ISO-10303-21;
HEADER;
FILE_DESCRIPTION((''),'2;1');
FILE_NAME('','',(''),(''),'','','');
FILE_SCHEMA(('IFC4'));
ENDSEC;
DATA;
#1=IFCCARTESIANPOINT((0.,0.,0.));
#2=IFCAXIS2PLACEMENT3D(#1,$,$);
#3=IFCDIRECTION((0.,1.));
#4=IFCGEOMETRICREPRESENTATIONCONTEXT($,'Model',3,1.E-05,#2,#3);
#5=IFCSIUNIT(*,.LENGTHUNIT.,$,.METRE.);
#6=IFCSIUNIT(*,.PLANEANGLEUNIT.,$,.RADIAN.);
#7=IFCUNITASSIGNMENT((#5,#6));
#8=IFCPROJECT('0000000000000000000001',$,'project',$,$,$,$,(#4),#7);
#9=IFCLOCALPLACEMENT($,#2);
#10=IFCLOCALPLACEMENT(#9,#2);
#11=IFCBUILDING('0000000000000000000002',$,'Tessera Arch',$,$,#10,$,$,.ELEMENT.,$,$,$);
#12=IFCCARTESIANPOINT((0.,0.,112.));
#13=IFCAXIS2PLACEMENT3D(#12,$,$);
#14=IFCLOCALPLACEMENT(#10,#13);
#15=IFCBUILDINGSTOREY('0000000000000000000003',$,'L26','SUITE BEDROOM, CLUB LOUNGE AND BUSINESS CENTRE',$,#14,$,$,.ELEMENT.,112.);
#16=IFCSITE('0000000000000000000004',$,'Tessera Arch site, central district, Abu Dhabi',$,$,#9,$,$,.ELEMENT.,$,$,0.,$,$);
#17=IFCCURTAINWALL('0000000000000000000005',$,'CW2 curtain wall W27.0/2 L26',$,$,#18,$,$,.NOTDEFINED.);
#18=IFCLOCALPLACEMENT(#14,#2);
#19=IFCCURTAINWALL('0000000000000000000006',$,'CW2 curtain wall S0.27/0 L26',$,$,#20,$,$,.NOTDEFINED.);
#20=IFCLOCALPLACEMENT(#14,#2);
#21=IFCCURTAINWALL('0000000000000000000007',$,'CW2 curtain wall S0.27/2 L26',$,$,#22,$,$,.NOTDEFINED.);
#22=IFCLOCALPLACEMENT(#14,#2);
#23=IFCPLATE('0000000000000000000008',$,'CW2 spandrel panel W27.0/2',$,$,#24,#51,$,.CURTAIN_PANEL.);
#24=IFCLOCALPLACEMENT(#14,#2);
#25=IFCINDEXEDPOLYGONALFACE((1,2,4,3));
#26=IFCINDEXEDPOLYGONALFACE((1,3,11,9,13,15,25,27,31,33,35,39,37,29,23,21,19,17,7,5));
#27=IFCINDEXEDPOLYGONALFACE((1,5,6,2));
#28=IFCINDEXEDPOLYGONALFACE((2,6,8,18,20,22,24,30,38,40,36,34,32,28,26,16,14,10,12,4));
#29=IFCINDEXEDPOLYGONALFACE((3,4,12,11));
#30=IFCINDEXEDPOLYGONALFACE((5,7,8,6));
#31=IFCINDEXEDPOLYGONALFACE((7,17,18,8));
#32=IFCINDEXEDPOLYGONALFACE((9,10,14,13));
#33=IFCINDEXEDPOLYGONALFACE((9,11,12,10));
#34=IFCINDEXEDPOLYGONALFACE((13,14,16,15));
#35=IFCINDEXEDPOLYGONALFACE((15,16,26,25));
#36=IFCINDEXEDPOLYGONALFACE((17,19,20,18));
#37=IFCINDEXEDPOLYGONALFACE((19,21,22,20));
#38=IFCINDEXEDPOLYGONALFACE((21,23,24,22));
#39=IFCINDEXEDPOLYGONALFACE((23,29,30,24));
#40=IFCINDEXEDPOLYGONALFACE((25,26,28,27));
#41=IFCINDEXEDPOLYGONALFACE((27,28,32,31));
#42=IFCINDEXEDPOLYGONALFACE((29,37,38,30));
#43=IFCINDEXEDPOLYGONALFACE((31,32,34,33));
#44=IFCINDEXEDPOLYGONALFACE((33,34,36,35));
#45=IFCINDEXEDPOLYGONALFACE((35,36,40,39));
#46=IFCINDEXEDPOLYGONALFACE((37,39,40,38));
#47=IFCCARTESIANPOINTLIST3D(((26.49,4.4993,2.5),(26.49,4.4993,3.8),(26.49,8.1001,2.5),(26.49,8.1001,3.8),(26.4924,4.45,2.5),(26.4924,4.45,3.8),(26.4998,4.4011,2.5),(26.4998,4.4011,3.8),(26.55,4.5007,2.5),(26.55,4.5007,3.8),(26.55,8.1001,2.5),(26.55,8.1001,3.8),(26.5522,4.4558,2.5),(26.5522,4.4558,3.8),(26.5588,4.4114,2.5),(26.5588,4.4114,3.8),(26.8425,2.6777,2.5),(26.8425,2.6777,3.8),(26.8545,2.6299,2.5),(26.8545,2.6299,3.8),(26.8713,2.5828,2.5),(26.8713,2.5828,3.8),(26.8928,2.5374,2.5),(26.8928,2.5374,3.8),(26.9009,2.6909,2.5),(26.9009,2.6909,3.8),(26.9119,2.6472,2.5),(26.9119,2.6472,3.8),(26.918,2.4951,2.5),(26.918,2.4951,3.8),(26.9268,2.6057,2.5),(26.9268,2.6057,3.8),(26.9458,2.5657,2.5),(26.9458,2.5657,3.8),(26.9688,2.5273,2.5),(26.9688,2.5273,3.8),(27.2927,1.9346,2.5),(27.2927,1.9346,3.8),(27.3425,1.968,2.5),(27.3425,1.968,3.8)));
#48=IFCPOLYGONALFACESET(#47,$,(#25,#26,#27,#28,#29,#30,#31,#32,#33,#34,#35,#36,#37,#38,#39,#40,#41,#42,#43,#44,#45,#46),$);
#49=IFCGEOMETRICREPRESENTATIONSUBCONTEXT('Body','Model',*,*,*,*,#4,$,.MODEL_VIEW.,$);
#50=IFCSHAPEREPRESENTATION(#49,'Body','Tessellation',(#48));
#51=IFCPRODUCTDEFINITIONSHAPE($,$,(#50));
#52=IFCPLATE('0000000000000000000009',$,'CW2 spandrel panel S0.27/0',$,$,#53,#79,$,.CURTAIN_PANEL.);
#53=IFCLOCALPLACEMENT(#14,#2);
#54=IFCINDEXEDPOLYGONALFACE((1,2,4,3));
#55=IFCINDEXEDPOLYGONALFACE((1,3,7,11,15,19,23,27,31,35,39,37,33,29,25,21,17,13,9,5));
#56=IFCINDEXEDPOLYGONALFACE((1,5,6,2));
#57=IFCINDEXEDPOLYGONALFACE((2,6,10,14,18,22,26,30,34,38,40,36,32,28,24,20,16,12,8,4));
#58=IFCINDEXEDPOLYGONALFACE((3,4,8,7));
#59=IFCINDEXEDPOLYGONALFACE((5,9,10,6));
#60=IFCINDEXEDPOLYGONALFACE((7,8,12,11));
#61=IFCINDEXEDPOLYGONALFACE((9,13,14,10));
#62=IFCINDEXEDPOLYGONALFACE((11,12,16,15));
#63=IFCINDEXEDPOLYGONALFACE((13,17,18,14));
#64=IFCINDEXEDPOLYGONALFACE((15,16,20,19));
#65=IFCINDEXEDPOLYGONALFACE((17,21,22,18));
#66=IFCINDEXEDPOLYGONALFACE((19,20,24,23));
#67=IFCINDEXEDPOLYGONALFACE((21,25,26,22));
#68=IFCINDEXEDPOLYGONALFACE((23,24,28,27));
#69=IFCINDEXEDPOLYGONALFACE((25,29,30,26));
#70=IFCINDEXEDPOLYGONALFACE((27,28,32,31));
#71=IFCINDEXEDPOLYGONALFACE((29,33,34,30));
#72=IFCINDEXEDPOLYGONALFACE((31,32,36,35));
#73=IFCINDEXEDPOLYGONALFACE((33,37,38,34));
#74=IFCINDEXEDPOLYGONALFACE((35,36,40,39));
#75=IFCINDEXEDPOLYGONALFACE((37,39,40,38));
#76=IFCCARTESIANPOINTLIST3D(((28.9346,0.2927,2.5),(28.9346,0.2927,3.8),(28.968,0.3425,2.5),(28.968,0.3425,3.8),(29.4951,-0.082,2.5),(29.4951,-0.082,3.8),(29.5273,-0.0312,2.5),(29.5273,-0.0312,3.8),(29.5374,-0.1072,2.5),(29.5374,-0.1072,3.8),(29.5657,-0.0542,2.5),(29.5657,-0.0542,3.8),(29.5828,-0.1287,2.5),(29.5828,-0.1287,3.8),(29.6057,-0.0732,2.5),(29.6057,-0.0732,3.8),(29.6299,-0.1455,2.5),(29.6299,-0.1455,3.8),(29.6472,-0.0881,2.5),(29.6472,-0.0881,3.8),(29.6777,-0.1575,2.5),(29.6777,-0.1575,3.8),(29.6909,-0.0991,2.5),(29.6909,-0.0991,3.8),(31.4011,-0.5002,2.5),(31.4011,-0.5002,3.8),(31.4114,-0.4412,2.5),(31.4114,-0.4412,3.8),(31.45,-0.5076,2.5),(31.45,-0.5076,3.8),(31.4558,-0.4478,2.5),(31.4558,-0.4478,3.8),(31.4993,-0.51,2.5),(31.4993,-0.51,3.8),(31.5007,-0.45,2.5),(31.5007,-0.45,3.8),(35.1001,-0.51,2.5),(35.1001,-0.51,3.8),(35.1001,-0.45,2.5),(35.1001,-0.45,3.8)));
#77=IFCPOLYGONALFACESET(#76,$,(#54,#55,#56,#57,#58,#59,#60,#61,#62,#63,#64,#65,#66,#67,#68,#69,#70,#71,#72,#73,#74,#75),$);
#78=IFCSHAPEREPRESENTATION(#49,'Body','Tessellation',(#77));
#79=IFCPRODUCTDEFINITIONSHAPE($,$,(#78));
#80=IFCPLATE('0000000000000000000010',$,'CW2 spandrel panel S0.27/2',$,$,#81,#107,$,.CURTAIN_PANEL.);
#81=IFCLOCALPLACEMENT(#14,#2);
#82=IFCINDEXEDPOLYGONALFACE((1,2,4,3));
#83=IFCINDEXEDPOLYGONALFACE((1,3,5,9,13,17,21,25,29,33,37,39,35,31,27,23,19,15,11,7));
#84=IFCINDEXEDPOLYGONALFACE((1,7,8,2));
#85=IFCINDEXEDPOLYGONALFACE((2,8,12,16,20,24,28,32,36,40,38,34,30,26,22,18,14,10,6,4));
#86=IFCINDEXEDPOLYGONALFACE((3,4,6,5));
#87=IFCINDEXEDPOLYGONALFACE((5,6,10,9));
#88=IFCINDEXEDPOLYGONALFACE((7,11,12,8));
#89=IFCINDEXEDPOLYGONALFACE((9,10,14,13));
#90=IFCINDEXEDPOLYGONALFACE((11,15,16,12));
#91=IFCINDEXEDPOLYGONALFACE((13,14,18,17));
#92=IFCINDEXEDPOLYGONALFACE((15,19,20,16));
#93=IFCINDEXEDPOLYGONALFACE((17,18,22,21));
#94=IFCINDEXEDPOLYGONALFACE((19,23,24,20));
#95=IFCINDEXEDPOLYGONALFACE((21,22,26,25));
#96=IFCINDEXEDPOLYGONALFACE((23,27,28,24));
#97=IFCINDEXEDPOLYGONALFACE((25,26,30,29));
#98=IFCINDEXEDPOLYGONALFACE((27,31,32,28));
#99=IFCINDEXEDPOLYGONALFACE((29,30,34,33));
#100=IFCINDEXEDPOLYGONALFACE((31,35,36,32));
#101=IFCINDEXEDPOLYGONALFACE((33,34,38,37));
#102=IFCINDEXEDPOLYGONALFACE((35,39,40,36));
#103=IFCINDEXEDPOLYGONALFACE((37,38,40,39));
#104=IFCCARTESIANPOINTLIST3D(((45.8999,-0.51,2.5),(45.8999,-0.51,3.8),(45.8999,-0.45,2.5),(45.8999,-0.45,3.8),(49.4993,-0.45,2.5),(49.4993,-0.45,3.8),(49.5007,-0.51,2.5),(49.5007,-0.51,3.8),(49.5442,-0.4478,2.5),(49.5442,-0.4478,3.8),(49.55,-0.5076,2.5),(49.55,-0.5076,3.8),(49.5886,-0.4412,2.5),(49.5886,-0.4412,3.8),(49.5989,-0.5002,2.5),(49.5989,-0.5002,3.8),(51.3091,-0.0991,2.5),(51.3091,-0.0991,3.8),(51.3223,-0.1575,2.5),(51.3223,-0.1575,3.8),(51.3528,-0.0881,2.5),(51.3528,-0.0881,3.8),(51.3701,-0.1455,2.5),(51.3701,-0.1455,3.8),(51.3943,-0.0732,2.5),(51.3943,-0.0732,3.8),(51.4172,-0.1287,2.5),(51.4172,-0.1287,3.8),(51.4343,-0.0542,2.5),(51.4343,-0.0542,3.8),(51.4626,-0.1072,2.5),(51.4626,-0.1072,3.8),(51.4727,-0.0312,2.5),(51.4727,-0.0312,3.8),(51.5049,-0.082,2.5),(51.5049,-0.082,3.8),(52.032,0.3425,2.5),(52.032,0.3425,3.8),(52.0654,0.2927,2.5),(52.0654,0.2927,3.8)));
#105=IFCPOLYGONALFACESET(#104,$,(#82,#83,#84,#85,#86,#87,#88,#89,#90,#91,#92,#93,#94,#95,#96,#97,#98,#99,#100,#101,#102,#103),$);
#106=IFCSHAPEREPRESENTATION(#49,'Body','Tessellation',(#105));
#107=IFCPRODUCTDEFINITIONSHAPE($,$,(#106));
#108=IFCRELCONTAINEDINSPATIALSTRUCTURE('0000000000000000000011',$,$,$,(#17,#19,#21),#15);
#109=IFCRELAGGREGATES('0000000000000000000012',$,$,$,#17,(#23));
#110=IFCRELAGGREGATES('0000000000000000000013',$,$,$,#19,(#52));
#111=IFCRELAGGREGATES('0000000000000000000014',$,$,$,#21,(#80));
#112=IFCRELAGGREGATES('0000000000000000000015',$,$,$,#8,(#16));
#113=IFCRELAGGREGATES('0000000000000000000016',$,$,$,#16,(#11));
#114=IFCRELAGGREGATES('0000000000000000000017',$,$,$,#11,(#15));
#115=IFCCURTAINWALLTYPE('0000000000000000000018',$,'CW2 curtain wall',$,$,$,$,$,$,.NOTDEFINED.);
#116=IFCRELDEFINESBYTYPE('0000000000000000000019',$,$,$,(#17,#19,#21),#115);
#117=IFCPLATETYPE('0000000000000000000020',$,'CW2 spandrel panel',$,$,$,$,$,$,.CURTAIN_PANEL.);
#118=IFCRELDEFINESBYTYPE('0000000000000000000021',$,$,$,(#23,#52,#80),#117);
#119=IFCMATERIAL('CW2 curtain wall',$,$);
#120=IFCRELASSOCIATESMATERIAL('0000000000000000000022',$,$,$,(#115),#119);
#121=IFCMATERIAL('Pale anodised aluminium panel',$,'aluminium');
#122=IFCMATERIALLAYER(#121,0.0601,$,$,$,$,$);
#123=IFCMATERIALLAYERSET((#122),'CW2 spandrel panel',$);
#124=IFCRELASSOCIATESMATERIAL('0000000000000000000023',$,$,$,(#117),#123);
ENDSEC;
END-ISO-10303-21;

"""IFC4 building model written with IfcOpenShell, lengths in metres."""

from ifc_helpers import new_model, si_unit, direction, frame, origin, place, context, subcontext, project, spatial, polyline, outline, extrude, material, layer, layer_set, type_object, element, aggregate, save


model = new_model("IFC4")

# Units and contexts
model_context = context("Model", 3, precision=1e-05, world=origin(), true_north=direction((0.0, 1.0)))
body_context = subcontext(model_context, "Body", "Model", "MODEL_VIEW")
ifc_project = project(units=[si_unit("LENGTHUNIT", "METRE"), si_unit("PLANEANGLEUNIT", "RADIAN")], contexts=[model_context])

# Site, building, storey
site_placement = place(None, origin())
site = spatial("IfcSite", under=ifc_project, at=site_placement, Name="Tessera Arch site, central district, Abu Dhabi", CompositionType="ELEMENT", RefElevation=0.0)
building_placement = place(site_placement, origin())
building = spatial("IfcBuilding", under=site, at=building_placement, Name="Tessera Arch", CompositionType="ELEMENT")
storey_placement = place(building_placement, frame((0.0, 0.0, 112.0)))
storey = spatial("IfcBuildingStorey", under=building, at=storey_placement, Name="L26", Description="SUITE BEDROOM, CLUB LOUNGE AND BUSINESS CENTRE", CompositionType="ELEMENT", Elevation=112.0)

# Curtain walls
ifc_material_1 = material(Name="CW2 curtain wall")
curtain_wall_type = type_object("IfcCurtainWallType", Name="CW2 curtain wall", PredefinedType="NOTDEFINED", material=ifc_material_1)
curtain_wall_1_placement = place(storey_placement, origin())
curtain_wall_1 = element("IfcCurtainWall", 1, at=curtain_wall_1_placement, inside=storey, type_object=curtain_wall_type, Name="CW2 curtain wall W27.0/2 L26", PredefinedType="NOTDEFINED")
curtain_wall_2_placement = place(storey_placement, origin())
curtain_wall_2 = element("IfcCurtainWall", 2, at=curtain_wall_2_placement, inside=storey, type_object=curtain_wall_type, Name="CW2 curtain wall S0.27/0 L26", PredefinedType="NOTDEFINED")
curtain_wall_3_placement = place(storey_placement, origin())
curtain_wall_3 = element("IfcCurtainWall", 3, at=curtain_wall_3_placement, inside=storey, type_object=curtain_wall_type, Name="CW2 curtain wall S0.27/2 L26", PredefinedType="NOTDEFINED")

# Plates
ifc_material_2 = material(Name="Pale anodised aluminium panel", Category="aluminium")
ifc_layer_1 = layer(ifc_material_2, 0.0601)
ifc_layer_set_1 = layer_set([ifc_layer_1], Name="CW2 spandrel panel")
plate_type_1 = type_object("IfcPlateType", Name="CW2 spandrel panel", PredefinedType="CURTAIN_PANEL", material=ifc_layer_set_1)
plate_1_placement = place(storey_placement, frame((0.0, 0.0, 2.5)))
plate_1 = element("IfcPlate", 4, at=plate_1_placement, type_object=plate_type_1, Name="CW2 spandrel panel W27.0/2", PredefinedType="CURTAIN_PANEL", context=body_context, shape_type="SweptSolid", body=[
    extrude(outline(polyline([(26.55, 4.5007), (26.55, 8.1001), (26.49, 8.1001), (26.49, 4.4993), (26.4924, 4.45), (26.4998, 4.4011), (26.8425, 2.6777), (26.8545, 2.6299), (26.8713, 2.5828), (26.8928, 2.5374), (26.918, 2.4951), (27.2927, 1.9346), (27.3425, 1.968), (26.9688, 2.5273), (26.9458, 2.5657), (26.9268, 2.6057), (26.9119, 2.6472), (26.9009, 2.6909), (26.5588, 4.4114), (26.5522, 4.4558), (26.55, 4.5007)])), origin(), (0.0, 0.0, 1.0), 1.3),
])
aggregate(curtain_wall_1, [plate_1])
plate_2_placement = place(storey_placement, frame((0.0, 0.0, 2.5)))
plate_2 = element("IfcPlate", 5, at=plate_2_placement, type_object=plate_type_1, Name="CW2 spandrel panel S0.27/0", PredefinedType="CURTAIN_PANEL", context=body_context, shape_type="SweptSolid", body=[
    extrude(outline(polyline([(29.5273, -0.0312), (28.968, 0.3425), (28.9346, 0.2927), (29.4951, -0.082), (29.5374, -0.1072), (29.5828, -0.1287), (29.6299, -0.1455), (29.6777, -0.1575), (31.4011, -0.5002), (31.45, -0.5076), (31.4993, -0.51), (35.1001, -0.51), (35.1001, -0.45), (31.5007, -0.45), (31.4558, -0.4478), (31.4114, -0.4412), (29.6909, -0.0991), (29.6472, -0.0881), (29.6057, -0.0732), (29.5657, -0.0542), (29.5273, -0.0312)])), origin(), (0.0, 0.0, 1.0), 1.3),
])
aggregate(curtain_wall_2, [plate_2])
plate_3_placement = place(storey_placement, frame((0.0, 0.0, 2.5)))
plate_3 = element("IfcPlate", 6, at=plate_3_placement, type_object=plate_type_1, Name="CW2 spandrel panel S0.27/2", PredefinedType="CURTAIN_PANEL", context=body_context, shape_type="SweptSolid", body=[
    extrude(outline(polyline([(49.4993, -0.45), (45.8999, -0.45), (45.8999, -0.51), (49.5007, -0.51), (49.55, -0.5076), (49.5989, -0.5002), (51.3223, -0.1575), (51.3701, -0.1455), (51.4172, -0.1287), (51.4626, -0.1072), (51.5049, -0.082), (52.0654, 0.2927), (52.032, 0.3425), (51.4727, -0.0312), (51.4343, -0.0542), (51.3943, -0.0732), (51.3528, -0.0881), (51.3091, -0.0991), (49.5886, -0.4412), (49.5442, -0.4478), (49.4993, -0.45)])), origin(), (0.0, 0.0, 1.0), 1.3),
])
aggregate(curtain_wall_3, [plate_3])

save(model, "model.ifc")
